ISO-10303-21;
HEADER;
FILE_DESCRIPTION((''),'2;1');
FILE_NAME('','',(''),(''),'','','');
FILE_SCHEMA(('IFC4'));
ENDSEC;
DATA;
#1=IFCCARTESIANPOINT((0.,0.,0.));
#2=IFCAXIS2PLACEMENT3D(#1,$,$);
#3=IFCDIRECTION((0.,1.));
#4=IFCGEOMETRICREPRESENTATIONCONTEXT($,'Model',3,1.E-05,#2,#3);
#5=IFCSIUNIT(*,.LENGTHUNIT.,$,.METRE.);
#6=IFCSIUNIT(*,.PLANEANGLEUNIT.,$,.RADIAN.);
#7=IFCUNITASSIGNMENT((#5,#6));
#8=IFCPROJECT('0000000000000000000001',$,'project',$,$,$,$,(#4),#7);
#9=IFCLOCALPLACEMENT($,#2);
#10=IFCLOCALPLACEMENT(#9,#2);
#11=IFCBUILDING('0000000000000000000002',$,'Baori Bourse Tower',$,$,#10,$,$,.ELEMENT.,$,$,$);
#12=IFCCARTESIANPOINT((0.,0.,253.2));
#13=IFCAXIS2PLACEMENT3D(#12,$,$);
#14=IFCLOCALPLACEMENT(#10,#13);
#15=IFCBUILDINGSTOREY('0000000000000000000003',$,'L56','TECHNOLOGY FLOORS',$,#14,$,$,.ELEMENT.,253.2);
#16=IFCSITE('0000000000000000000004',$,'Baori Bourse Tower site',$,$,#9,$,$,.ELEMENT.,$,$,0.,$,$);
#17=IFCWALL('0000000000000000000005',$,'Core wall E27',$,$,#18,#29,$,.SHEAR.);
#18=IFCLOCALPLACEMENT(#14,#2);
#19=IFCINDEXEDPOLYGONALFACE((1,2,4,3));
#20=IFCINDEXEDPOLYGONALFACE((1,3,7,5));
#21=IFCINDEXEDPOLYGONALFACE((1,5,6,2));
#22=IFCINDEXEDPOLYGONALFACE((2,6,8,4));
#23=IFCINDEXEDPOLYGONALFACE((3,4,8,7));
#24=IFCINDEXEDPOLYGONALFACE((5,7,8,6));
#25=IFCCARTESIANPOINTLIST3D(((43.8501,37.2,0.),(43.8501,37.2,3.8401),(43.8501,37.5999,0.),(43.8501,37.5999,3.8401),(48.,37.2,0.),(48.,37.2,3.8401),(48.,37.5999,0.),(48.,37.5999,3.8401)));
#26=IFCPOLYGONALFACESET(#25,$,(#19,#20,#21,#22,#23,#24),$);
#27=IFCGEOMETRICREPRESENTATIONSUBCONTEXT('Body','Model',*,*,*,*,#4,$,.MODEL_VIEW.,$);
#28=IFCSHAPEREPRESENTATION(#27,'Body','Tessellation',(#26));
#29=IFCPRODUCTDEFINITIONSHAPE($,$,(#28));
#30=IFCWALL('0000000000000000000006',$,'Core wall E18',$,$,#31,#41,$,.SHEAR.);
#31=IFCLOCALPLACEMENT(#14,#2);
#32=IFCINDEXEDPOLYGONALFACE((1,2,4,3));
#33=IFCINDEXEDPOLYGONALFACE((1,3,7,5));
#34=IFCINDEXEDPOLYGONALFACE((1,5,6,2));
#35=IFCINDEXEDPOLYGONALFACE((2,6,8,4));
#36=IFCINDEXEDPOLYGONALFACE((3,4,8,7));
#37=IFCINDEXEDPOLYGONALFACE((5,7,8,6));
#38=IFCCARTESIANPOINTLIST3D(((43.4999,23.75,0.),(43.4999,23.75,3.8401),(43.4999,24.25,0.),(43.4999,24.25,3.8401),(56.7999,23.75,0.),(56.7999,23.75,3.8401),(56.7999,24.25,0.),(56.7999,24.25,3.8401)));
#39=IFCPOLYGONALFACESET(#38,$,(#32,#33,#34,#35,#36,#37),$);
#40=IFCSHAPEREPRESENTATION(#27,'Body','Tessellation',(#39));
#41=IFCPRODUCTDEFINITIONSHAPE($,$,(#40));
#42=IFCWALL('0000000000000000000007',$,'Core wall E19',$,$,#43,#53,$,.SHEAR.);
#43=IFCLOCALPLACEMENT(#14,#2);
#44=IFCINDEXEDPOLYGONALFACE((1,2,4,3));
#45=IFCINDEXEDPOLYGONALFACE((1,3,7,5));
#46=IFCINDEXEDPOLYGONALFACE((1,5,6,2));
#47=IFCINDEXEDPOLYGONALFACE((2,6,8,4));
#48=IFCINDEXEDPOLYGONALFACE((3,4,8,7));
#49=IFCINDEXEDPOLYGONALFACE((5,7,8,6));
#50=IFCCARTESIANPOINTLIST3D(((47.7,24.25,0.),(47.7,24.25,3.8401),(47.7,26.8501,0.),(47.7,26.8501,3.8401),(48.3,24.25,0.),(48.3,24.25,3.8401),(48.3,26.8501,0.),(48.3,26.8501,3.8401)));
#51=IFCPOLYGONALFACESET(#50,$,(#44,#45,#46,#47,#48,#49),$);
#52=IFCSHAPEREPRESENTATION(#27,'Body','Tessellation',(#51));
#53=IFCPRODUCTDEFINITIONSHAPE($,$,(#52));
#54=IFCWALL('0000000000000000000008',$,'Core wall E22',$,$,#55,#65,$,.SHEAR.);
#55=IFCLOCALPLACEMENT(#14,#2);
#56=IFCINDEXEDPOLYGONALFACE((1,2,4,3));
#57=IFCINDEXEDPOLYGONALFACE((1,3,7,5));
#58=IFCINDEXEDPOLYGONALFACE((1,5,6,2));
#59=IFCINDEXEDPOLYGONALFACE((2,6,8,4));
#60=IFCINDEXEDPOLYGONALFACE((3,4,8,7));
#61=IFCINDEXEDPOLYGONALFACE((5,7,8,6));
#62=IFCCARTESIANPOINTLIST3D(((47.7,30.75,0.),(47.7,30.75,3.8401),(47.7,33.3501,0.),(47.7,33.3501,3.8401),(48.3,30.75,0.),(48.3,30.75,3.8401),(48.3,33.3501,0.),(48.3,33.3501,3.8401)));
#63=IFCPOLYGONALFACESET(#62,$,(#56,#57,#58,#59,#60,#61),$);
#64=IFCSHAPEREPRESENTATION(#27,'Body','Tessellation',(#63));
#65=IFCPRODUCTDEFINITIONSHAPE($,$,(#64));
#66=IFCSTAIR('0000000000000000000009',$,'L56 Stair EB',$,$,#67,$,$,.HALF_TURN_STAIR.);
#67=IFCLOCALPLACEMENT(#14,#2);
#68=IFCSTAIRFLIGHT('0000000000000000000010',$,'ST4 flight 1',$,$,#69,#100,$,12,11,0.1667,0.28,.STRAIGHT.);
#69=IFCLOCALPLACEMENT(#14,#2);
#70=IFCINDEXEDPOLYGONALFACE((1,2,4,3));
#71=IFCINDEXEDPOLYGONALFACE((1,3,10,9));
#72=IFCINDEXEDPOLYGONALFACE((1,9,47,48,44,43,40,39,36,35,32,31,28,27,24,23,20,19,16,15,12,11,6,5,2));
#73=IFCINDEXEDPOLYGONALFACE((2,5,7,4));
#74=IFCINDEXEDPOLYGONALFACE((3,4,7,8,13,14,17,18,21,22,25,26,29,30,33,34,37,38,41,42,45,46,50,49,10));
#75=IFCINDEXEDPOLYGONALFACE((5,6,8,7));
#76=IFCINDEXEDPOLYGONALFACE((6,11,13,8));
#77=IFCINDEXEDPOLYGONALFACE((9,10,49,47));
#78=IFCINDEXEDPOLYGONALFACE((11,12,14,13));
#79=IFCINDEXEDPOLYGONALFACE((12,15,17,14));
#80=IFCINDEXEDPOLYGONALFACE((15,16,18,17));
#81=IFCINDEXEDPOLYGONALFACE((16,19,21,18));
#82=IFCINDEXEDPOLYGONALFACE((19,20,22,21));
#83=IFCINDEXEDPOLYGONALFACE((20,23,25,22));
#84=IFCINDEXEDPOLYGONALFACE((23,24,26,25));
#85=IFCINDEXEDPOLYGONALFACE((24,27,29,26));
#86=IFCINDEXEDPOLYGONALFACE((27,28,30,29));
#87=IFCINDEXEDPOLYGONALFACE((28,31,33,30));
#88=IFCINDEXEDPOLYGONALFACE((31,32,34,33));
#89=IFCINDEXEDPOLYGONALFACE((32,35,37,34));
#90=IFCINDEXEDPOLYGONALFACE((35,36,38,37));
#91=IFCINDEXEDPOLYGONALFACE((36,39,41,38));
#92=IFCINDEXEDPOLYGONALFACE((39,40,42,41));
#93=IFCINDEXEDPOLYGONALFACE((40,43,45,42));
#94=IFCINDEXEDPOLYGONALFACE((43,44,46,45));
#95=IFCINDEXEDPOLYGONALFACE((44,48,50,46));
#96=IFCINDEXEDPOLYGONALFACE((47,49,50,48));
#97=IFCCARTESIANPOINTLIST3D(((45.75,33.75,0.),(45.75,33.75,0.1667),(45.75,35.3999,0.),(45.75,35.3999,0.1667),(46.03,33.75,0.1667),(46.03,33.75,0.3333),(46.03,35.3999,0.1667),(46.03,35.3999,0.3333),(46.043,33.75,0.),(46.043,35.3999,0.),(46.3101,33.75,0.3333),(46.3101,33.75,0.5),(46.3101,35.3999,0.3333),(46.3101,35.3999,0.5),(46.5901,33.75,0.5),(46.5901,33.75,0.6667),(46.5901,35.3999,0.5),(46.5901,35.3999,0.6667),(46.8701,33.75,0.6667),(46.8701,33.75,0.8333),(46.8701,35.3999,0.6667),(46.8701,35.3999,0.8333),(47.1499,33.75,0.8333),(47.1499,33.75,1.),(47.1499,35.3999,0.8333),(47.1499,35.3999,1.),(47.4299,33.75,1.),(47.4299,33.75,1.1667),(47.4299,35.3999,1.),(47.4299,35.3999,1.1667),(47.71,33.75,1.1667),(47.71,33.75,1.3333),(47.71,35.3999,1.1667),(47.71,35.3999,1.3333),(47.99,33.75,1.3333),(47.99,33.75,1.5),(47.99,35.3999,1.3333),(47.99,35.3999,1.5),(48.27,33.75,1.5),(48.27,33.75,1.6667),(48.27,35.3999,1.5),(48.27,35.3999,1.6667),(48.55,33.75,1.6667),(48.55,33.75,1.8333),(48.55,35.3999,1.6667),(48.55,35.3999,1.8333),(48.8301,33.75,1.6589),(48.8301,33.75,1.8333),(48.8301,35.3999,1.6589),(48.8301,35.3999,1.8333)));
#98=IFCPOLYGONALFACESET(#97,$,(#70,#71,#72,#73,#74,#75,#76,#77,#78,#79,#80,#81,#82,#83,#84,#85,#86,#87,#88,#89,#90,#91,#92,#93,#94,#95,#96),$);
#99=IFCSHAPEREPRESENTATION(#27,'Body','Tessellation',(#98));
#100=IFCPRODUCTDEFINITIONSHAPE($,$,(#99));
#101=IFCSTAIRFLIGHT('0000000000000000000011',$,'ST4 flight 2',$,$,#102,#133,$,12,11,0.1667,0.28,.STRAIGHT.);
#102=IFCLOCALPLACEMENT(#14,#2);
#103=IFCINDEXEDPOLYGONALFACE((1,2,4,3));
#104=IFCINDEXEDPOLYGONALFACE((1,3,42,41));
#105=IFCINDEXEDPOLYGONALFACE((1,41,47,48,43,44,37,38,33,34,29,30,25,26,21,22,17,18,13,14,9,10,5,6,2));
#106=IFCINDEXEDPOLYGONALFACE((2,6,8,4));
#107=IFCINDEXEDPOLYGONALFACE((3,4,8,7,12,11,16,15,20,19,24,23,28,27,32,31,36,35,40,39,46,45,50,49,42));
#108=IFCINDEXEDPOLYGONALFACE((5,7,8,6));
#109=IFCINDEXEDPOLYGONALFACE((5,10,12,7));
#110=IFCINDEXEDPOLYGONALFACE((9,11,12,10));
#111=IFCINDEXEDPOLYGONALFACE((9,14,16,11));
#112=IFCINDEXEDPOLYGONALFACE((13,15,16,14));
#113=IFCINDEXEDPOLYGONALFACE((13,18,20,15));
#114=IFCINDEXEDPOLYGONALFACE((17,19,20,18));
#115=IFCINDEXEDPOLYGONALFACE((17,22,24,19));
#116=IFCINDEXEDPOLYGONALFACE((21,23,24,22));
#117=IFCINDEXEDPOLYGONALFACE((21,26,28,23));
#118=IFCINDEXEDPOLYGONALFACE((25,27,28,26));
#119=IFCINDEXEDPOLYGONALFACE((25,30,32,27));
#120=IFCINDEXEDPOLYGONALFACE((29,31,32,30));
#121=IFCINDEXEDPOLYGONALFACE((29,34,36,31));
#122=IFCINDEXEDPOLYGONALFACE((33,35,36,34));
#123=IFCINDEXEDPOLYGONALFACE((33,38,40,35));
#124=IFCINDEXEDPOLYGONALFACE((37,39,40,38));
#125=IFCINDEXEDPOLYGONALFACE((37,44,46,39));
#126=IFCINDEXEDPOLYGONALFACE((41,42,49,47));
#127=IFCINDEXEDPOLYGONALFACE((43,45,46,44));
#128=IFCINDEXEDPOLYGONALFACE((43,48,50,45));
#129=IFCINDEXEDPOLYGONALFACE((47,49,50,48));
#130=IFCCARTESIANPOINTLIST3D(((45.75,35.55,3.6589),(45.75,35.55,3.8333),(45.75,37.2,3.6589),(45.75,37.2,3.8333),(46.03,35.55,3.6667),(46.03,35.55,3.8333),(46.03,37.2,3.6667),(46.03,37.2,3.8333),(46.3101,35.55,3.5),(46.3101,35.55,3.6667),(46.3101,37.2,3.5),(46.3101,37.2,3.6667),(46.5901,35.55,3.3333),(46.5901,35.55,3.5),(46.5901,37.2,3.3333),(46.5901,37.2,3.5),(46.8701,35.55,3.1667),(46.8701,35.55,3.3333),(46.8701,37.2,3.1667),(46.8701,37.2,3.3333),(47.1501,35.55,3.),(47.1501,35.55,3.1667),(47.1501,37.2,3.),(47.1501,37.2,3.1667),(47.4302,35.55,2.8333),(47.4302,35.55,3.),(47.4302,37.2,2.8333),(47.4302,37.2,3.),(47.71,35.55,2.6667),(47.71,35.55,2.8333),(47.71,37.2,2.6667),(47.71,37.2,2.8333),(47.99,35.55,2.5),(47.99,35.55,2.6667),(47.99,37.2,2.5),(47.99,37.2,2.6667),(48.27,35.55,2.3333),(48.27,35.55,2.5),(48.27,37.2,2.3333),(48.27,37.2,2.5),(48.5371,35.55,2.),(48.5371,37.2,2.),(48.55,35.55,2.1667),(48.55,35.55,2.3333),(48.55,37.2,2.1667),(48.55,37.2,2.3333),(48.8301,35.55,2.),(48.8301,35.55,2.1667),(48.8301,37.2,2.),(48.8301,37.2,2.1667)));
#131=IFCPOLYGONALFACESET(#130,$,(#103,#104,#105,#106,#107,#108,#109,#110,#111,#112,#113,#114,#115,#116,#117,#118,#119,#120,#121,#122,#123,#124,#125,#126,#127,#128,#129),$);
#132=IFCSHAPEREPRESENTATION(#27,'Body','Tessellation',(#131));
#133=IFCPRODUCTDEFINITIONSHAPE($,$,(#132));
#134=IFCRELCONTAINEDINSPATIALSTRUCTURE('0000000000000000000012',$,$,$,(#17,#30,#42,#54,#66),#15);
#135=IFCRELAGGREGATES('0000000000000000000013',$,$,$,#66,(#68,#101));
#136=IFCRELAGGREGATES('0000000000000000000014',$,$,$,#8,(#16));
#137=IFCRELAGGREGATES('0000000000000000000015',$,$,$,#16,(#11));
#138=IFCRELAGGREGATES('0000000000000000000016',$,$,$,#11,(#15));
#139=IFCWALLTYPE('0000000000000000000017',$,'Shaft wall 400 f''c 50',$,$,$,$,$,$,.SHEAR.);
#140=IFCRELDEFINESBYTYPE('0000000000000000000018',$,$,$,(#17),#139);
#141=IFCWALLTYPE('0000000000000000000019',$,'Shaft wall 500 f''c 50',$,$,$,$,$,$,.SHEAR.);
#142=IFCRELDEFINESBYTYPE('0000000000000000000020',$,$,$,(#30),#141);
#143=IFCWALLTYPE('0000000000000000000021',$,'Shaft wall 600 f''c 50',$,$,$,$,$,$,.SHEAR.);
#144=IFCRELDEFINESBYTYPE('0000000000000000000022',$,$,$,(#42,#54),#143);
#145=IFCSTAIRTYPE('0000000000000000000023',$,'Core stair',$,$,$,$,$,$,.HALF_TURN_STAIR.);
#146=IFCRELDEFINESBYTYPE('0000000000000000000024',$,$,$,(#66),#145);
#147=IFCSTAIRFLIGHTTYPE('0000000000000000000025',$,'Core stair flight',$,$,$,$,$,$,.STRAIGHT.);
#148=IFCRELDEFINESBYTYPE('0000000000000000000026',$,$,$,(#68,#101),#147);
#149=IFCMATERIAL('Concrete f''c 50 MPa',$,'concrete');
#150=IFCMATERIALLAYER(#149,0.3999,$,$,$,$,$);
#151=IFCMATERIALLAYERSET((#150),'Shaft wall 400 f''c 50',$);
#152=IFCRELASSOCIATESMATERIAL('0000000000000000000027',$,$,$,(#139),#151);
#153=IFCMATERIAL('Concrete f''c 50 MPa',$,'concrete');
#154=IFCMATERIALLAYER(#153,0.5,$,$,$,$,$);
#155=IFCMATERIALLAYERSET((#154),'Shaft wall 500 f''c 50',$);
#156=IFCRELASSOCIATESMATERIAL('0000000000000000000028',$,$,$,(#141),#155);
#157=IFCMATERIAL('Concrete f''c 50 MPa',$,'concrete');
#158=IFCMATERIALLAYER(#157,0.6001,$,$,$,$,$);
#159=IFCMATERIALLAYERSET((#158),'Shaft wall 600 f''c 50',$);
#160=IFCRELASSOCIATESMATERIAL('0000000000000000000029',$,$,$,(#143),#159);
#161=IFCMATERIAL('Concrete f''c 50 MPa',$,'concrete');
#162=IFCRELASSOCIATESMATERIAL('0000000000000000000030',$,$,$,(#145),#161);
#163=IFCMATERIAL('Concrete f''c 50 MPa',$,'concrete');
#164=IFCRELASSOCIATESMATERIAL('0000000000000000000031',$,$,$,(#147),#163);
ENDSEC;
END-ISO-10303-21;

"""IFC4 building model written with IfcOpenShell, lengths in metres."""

from ifc_helpers import new_model, si_unit, direction, frame, frame_2d, origin, place, context, subcontext, project, spatial, polyline, rectangle, outline, extrude, material, layer, layer_set, type_object, element, aggregate, save


model = new_model("IFC4")

# Units and contexts
model_context = context("Model", 3, precision=1e-05, world=origin(), true_north=direction((0.0, 1.0)))
body_context = subcontext(model_context, "Body", "Model", "MODEL_VIEW")
ifc_project = project(units=[si_unit("LENGTHUNIT", "METRE"), si_unit("PLANEANGLEUNIT", "RADIAN")], contexts=[model_context])

# Site, building, storey
site_placement = place(None, origin())
site = spatial("IfcSite", under=ifc_project, at=site_placement, Name="Baori Bourse Tower site", CompositionType="ELEMENT", RefElevation=0.0)
building_placement = place(site_placement, origin())
building = spatial("IfcBuilding", under=site, at=building_placement, Name="Baori Bourse Tower", CompositionType="ELEMENT")
storey_placement = place(building_placement, frame((0.0, 0.0, 253.2)))
storey = spatial("IfcBuildingStorey", under=building, at=storey_placement, Name="L56", Description="TECHNOLOGY FLOORS", CompositionType="ELEMENT", Elevation=253.2)

# Shared definitions
ifc_material_1 = material(Name="Concrete f'c 50 MPa", Category="concrete")
ifc_layer_1 = layer(ifc_material_1, 0.3999)
ifc_layer_set_1 = layer_set([ifc_layer_1], Name="Shaft wall 400 f'c 50")
wall_type_1 = type_object("IfcWallType", Name="Shaft wall 400 f'c 50", PredefinedType="SHEAR", material=ifc_layer_set_1)

# Walls
wall_1_placement = place(storey_placement, frame((43.8501, 37.3999, 0.0), z_axis=(0.0, 0.0, 1.0), x_axis=(1.0, 0.0, 0.0)))
element("IfcWall", 1, at=wall_1_placement, inside=storey, type_object=wall_type_1, Name="Core wall E27", PredefinedType="SHEAR", context=body_context, shape_type="SweptSolid", body=[
    extrude(rectangle(XDim=4.1499, YDim=0.3999, at=frame_2d((2.075, 0.0))), origin(), (0.0, 0.0, 1.0), 3.8401),
])
ifc_material_2 = material(Name="Concrete f'c 50 MPa", Category="concrete")
ifc_layer_2 = layer(ifc_material_2, 0.5)
ifc_layer_set_2 = layer_set([ifc_layer_2], Name="Shaft wall 500 f'c 50")
wall_type_2 = type_object("IfcWallType", Name="Shaft wall 500 f'c 50", PredefinedType="SHEAR", material=ifc_layer_set_2)
wall_2_placement = place(storey_placement, frame((43.5, 24.0, 0.0), z_axis=(0.0, 0.0, 1.0), x_axis=(1.0, 0.0, 0.0)))
element("IfcWall", 2, at=wall_2_placement, inside=storey, type_object=wall_type_2, Name="Core wall E18", PredefinedType="SHEAR", context=body_context, shape_type="SweptSolid", body=[
    extrude(rectangle(XDim=13.3, YDim=0.5, at=frame_2d((6.6499, 0.0))), origin(), (0.0, 0.0, 1.0), 3.8401),
])
ifc_material_3 = material(Name="Concrete f'c 50 MPa", Category="concrete")
ifc_layer_3 = layer(ifc_material_3, 0.6001)
ifc_layer_set_3 = layer_set([ifc_layer_3], Name="Shaft wall 600 f'c 50")
wall_type_3 = type_object("IfcWallType", Name="Shaft wall 600 f'c 50", PredefinedType="SHEAR", material=ifc_layer_set_3)
for number, where, z_axis, x_axis, name in (
    (3, (48.0, 24.25, 0.0), (0.0, 0.0, 1.0), (0.0, 1.0, 0.0), "Core wall E19"),
    (4, (48.0, 30.75, 0.0), (0.0, 0.0, 1.0), (0.0, 1.0, 0.0), "Core wall E22"),
):
    element("IfcWall", number, at=place(storey_placement, frame(where, z_axis=z_axis, x_axis=x_axis)), inside=storey, type_object=wall_type_3, Name=name, PredefinedType="SHEAR", context=body_context, shape_type="SweptSolid", body=[
        extrude(rectangle(XDim=2.6001, YDim=0.6001, at=frame_2d((1.3, 0.0))), origin(), (0.0, 0.0, 1.0), 3.8401),
    ])

# Stair, stair flights
ifc_material_4 = material(Name="Concrete f'c 50 MPa", Category="concrete")
stair_type = type_object("IfcStairType", Name="Core stair", PredefinedType="HALF_TURN_STAIR", material=ifc_material_4)
stair_placement = place(storey_placement, origin())
stair = element("IfcStair", 5, at=stair_placement, inside=storey, type_object=stair_type, Name="L56 Stair EB", PredefinedType="HALF_TURN_STAIR")
ifc_material_5 = material(Name="Concrete f'c 50 MPa", Category="concrete")
stair_flight_type = type_object("IfcStairFlightType", Name="Core stair flight", PredefinedType="STRAIGHT", material=ifc_material_5)
stair_flight_1_placement = place(storey_placement, frame((45.75, 34.575, 0.0), z_axis=(0.0, 0.0, 1.0), x_axis=(1.0, 0.0, 0.0)))
stair_flight_1 = element("IfcStairFlight", 6, at=stair_flight_1_placement, type_object=stair_flight_type, Name="ST4 flight 1", NumberOfRisers=12, NumberOfTreads=11, PredefinedType="STRAIGHT", RiserHeight=0.1667, TreadLength=0.28, context=body_context, shape_type="SweptSolid", body=[
    extrude(outline(polyline([(0.0, 0.0), (0.0, 0.1667), (0.28, 0.1667), (0.28, 0.3333), (0.5601, 0.3333), (0.5601, 0.5), (0.8401, 0.5), (0.8401, 0.6667), (1.1201, 0.6667), (1.1201, 0.8333), (1.3999, 0.8333), (1.3999, 1.0), (1.6799, 1.0), (1.6799, 1.1667), (1.96, 1.1667), (1.96, 1.3333), (2.24, 1.3333), (2.24, 1.5), (2.52, 1.5), (2.52, 1.6667), (2.8, 1.6667), (2.8, 1.8333), (3.0801, 1.8333), (3.0801, 2.0), (3.0801, 1.6589), (0.293, 0.0), (0.0, 0.0)])), frame((0.0, 0.825, 0.0), z_axis=(0.0, -1.0, 0.0), x_axis=(1.0, 0.0, 0.0)), (0.0, 0.0, 1.0), 1.6499),
])
stair_flight_2_placement = place(storey_placement, frame((48.8301, 36.375, 2.0), z_axis=(0.0, 0.0, 1.0), x_axis=(-1.0, 0.0, 0.0)))
stair_flight_2 = element("IfcStairFlight", 7, at=stair_flight_2_placement, type_object=stair_flight_type, Name="ST4 flight 2", NumberOfRisers=12, NumberOfTreads=11, PredefinedType="STRAIGHT", RiserHeight=0.1667, TreadLength=0.28, context=body_context, shape_type="SweptSolid", body=[
    extrude(outline(polyline([(0.0, 0.0), (0.0, 0.1667), (0.28, 0.1667), (0.28, 0.3333), (0.5601, 0.3333), (0.5601, 0.5), (0.8401, 0.5), (0.8401, 0.6667), (1.1201, 0.6667), (1.1201, 0.8333), (1.3999, 0.8333), (1.3999, 1.0), (1.6799, 1.0), (1.6799, 1.1667), (1.96, 1.1667), (1.96, 1.3333), (2.24, 1.3333), (2.24, 1.5), (2.52, 1.5), (2.52, 1.6667), (2.8, 1.6667), (2.8, 1.8333), (3.0801, 1.8333), (3.0801, 2.0), (3.0801, 1.6589), (0.293, 0.0), (0.0, 0.0)])), frame((0.0, 0.825, 0.0), z_axis=(0.0, -1.0, 0.0), x_axis=(1.0, 0.0, 0.0)), (0.0, 0.0, 1.0), 1.6499),
])
aggregate(stair, [stair_flight_1, stair_flight_2])

save(model, "model.ifc")
